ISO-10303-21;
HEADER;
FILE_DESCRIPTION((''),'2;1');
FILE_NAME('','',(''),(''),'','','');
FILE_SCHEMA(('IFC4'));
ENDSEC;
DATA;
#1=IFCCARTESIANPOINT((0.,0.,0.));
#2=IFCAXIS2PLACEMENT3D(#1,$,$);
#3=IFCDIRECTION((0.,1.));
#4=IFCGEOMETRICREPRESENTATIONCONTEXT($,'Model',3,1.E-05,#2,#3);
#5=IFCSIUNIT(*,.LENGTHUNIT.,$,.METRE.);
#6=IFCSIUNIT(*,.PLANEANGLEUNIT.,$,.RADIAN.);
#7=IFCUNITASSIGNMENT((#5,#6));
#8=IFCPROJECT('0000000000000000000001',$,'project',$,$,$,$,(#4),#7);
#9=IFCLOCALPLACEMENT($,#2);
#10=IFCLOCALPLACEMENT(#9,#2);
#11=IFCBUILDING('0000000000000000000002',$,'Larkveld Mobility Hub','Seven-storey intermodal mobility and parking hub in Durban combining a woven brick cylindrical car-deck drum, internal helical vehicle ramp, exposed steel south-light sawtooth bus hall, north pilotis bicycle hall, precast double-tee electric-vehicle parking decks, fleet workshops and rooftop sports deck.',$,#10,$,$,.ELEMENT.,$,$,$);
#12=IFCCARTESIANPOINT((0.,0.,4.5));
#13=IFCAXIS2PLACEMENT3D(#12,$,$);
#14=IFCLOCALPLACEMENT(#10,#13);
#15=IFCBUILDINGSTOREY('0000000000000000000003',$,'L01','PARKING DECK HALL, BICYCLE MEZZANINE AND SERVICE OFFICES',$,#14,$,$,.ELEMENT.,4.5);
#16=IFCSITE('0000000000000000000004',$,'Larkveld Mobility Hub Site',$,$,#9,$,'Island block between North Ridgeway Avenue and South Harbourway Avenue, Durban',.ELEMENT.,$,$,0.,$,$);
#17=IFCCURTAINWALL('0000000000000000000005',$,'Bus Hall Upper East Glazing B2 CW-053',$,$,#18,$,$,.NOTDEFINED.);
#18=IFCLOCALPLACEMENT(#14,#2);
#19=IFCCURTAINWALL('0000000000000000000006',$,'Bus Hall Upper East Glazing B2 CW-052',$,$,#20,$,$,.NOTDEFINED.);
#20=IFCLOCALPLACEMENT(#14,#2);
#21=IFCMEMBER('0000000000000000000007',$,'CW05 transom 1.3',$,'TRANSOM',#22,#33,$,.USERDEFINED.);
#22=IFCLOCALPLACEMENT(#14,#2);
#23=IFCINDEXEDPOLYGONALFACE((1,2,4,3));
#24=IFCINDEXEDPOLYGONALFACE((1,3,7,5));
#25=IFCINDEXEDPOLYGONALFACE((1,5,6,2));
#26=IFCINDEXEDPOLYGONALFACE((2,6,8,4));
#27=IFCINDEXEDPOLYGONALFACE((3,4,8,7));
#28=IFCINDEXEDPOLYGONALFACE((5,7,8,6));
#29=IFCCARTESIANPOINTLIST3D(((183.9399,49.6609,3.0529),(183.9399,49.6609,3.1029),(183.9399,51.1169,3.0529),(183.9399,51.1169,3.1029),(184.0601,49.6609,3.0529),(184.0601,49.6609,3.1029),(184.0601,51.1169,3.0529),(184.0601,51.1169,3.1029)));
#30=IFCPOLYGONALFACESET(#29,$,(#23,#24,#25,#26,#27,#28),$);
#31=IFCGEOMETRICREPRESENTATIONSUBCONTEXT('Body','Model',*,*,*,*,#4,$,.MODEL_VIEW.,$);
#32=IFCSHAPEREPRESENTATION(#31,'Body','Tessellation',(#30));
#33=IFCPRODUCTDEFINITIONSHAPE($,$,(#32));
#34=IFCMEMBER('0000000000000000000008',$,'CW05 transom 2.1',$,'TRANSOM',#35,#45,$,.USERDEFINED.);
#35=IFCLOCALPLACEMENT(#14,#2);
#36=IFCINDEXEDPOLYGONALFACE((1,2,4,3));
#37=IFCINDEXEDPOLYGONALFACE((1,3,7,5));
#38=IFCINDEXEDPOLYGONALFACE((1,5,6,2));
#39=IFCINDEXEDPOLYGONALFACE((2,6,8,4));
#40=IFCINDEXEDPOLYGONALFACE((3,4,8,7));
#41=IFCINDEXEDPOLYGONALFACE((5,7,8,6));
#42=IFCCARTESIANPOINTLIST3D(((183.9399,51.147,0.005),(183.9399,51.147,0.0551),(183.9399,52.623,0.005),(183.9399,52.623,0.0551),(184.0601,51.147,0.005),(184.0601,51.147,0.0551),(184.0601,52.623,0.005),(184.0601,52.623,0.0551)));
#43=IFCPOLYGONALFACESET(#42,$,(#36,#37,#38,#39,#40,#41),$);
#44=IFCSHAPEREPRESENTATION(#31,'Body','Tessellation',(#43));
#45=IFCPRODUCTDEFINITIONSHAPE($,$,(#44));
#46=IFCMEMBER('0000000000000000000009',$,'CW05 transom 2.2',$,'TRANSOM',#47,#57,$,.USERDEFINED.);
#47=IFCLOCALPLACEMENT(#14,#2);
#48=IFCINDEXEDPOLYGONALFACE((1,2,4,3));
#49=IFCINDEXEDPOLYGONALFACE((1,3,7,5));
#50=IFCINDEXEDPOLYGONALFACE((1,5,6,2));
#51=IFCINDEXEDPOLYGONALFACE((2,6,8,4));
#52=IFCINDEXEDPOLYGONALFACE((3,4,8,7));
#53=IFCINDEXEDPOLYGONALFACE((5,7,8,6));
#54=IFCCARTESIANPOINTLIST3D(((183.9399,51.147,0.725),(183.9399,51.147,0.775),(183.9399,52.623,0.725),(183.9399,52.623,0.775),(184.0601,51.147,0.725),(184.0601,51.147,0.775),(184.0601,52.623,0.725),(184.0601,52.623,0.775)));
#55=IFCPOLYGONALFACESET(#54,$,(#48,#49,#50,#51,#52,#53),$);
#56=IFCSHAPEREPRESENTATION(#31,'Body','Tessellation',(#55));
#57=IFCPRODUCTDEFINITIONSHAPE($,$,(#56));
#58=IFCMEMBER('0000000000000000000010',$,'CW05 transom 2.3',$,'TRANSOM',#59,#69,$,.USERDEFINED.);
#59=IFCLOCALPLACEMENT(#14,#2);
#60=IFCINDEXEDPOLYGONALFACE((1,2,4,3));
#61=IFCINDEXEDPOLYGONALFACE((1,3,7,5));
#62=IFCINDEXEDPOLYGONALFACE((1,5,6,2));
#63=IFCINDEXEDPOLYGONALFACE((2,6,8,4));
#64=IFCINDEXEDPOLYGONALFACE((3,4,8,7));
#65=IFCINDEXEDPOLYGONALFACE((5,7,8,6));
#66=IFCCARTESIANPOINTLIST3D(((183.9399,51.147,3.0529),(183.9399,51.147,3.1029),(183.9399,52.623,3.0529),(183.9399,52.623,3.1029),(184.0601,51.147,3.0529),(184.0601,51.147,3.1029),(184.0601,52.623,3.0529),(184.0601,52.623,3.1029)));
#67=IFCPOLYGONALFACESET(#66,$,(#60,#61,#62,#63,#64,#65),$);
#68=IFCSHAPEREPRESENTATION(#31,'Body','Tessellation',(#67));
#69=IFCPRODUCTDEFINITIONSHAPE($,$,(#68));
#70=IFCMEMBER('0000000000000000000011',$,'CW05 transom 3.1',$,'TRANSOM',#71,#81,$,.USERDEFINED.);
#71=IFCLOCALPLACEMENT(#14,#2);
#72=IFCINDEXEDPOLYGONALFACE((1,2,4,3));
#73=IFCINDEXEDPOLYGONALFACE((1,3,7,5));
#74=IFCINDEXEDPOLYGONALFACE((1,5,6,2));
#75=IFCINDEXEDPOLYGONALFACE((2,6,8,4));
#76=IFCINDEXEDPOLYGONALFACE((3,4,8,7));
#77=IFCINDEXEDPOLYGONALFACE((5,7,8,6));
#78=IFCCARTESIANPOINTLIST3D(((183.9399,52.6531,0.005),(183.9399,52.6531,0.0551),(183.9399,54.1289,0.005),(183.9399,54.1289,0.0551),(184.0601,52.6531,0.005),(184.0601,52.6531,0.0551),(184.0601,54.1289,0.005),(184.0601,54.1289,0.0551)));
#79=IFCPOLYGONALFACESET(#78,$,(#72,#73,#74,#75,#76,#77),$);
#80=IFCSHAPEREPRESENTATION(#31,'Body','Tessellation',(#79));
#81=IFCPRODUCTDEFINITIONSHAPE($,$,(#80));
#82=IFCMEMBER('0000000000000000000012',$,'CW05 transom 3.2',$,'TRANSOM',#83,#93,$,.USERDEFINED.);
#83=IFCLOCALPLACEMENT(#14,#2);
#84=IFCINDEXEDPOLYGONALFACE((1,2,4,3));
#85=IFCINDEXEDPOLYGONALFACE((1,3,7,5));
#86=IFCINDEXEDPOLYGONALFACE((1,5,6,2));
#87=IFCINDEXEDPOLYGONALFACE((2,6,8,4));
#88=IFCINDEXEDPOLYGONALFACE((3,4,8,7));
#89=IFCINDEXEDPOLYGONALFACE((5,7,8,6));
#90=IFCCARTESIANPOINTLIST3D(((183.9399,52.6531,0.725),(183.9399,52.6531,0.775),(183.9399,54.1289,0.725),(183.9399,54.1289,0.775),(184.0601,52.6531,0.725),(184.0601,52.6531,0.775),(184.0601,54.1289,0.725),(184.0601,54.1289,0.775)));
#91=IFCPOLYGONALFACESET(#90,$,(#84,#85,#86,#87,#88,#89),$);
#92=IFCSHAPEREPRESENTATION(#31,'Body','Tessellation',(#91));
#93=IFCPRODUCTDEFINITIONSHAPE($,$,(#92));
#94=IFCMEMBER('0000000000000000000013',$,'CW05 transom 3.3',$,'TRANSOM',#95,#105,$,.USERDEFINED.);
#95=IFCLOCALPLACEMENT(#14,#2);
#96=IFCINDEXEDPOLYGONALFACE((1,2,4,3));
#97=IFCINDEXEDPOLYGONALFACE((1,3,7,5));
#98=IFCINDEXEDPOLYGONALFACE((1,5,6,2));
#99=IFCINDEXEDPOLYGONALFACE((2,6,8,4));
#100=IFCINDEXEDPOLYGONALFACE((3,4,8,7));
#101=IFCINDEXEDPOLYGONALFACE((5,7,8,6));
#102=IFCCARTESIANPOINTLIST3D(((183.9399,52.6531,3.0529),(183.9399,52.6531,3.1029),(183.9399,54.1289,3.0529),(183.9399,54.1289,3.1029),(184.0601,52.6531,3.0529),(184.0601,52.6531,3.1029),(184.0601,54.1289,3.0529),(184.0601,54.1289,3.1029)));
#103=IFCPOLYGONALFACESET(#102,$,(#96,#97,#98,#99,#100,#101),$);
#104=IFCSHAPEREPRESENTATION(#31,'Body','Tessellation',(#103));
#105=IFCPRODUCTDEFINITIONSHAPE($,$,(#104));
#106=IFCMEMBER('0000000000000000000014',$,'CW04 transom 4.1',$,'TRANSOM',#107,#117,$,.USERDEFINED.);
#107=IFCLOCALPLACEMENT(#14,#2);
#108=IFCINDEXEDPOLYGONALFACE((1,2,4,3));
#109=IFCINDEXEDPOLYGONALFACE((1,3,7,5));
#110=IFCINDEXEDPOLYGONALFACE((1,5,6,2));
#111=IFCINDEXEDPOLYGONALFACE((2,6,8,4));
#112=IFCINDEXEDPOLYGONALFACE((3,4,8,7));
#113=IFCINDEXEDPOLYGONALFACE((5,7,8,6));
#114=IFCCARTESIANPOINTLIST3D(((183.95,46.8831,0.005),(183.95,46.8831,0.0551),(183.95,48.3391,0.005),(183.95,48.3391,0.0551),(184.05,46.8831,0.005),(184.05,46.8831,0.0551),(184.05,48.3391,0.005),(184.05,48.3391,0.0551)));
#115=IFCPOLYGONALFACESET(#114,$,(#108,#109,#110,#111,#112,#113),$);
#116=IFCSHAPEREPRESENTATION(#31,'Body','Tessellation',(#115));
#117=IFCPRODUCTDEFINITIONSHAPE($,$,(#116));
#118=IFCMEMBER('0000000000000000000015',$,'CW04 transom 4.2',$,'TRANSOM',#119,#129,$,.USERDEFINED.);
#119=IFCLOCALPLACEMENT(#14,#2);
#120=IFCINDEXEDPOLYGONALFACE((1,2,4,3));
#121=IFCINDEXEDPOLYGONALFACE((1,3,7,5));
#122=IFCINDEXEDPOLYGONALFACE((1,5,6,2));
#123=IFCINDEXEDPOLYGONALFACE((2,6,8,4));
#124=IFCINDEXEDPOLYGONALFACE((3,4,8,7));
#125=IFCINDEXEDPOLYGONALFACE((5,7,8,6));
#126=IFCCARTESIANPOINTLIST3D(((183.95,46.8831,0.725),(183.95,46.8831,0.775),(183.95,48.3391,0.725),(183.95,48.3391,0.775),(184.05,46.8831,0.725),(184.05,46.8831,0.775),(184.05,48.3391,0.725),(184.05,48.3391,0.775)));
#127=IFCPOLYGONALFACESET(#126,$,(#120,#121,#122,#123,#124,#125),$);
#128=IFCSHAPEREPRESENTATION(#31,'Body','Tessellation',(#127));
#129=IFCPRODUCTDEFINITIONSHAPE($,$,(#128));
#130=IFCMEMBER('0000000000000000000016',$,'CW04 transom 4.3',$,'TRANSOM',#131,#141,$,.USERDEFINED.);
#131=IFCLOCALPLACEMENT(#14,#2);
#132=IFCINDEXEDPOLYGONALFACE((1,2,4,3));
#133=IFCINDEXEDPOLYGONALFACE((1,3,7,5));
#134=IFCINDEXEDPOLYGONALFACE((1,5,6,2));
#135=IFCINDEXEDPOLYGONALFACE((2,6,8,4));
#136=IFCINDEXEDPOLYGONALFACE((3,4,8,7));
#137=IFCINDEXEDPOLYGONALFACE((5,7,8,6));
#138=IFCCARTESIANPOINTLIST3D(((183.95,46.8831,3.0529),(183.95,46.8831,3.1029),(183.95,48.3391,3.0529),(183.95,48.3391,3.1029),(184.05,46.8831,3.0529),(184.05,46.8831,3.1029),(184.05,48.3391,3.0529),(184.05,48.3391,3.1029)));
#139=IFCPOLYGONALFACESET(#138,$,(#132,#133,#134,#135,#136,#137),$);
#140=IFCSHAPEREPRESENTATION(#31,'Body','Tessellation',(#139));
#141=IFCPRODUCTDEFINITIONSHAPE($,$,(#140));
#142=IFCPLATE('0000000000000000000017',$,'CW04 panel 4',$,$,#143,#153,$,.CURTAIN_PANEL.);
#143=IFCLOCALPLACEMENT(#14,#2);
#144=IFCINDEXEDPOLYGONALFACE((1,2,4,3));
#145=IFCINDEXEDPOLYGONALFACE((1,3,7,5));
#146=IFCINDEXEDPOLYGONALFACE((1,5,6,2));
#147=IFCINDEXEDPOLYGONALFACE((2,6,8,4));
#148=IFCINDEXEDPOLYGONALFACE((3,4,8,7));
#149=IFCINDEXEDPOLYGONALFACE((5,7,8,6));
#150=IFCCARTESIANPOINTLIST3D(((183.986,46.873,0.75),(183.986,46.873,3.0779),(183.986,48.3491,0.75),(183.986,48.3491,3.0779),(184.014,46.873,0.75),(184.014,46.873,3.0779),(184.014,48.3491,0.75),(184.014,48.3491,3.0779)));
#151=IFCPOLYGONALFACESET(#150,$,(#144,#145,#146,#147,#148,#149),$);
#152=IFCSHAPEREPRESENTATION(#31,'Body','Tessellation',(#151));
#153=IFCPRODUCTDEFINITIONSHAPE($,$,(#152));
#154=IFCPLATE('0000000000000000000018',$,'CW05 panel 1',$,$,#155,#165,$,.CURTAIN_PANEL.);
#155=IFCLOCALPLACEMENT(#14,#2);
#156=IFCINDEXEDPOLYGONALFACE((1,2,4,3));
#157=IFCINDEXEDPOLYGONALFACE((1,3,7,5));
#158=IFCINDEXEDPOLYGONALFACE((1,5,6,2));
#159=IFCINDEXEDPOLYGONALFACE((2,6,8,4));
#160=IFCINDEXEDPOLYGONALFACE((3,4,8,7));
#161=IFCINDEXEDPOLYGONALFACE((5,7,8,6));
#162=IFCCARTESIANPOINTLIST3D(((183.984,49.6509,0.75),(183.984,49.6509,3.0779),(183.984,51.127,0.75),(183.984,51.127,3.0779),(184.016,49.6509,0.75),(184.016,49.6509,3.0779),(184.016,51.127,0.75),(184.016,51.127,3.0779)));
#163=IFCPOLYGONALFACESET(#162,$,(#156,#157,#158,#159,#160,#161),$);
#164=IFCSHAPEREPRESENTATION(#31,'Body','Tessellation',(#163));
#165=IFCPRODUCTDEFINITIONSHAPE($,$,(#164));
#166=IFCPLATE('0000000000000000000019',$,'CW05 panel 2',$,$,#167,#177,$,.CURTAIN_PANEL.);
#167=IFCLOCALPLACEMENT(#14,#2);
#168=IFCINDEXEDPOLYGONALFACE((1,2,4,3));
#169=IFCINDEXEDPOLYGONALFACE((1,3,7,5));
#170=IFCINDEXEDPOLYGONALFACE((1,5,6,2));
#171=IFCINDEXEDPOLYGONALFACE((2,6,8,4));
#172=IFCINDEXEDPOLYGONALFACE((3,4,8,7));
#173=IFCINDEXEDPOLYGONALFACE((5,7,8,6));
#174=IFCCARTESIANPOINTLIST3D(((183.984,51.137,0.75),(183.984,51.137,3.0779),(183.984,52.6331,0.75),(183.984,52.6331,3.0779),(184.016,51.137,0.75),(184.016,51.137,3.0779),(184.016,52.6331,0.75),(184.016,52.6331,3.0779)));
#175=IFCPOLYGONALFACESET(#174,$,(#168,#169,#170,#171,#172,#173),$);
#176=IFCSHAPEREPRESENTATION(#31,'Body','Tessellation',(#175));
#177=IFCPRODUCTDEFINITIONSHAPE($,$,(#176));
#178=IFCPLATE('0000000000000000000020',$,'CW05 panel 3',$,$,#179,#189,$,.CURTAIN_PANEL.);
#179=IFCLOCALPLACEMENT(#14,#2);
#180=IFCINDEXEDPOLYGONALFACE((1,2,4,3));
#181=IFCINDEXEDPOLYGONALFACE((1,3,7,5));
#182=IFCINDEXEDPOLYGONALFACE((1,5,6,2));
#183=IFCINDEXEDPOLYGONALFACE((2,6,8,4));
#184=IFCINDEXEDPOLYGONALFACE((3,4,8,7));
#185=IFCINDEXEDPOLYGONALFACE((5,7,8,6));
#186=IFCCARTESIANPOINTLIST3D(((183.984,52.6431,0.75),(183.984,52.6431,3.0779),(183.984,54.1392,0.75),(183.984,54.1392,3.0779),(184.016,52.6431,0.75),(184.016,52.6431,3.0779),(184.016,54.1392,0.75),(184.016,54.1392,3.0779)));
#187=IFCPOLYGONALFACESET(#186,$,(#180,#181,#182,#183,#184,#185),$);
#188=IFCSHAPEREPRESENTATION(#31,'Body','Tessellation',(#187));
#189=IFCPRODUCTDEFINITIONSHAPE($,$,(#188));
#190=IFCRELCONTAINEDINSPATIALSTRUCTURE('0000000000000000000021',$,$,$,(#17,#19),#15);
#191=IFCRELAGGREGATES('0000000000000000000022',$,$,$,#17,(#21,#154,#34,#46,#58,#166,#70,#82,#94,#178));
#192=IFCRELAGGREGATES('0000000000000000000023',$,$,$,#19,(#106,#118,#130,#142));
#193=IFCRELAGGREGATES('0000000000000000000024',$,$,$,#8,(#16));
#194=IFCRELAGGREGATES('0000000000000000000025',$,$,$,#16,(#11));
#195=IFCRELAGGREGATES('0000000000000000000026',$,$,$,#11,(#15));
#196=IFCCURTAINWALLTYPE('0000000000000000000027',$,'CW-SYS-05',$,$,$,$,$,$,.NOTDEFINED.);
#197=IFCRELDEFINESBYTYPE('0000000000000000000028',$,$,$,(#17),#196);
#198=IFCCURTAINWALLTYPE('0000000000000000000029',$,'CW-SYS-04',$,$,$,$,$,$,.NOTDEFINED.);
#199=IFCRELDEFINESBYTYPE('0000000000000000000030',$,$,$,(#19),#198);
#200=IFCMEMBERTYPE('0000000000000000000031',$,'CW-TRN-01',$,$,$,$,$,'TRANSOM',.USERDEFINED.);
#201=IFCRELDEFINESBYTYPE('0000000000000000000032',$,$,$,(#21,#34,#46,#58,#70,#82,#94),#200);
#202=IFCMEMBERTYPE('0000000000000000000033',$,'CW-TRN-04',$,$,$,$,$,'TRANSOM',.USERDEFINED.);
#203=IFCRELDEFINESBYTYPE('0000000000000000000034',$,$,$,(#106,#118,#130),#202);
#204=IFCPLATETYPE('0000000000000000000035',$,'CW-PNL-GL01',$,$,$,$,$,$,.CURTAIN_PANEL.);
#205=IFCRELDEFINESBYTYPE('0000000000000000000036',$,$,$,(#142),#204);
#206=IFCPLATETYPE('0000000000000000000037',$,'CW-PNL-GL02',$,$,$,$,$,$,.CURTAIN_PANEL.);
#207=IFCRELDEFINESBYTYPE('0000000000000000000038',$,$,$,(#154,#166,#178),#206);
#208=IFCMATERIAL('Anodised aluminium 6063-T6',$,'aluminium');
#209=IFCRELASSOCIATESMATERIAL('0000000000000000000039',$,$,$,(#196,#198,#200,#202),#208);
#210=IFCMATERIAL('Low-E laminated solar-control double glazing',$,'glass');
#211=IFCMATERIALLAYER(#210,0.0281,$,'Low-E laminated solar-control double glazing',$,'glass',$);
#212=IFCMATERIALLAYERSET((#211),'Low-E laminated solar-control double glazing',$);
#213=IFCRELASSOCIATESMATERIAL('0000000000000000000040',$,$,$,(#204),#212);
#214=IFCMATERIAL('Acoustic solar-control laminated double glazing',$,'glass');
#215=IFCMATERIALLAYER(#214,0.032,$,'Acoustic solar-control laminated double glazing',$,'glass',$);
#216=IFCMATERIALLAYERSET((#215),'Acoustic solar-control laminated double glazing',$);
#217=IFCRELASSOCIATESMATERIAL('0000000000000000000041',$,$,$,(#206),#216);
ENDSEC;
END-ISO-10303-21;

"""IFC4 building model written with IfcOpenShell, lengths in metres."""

from ifc_helpers import new_model, si_unit, direction, frame, origin, origin_2d, place, context, subcontext, project, spatial, rectangle, extrude, material, layer, layer_set, material_profile, profile_set, type_object, element, aggregate, save


model = new_model("IFC4")

# Units and contexts
model_context = context("Model", 3, precision=1e-05, world=origin(), true_north=direction((0.0, 1.0)))
body_context = subcontext(model_context, "Body", "Model", "MODEL_VIEW")
ifc_project = project(units=[si_unit("LENGTHUNIT", "METRE"), si_unit("PLANEANGLEUNIT", "RADIAN")], contexts=[model_context])

# Site, building, storey
site_placement = place(None, origin())
site = spatial("IfcSite", under=ifc_project, at=site_placement, Name="Larkveld Mobility Hub Site", LongName="Island block between North Ridgeway Avenue and South Harbourway Avenue, Durban", CompositionType="ELEMENT", RefElevation=0.0)
building_placement = place(site_placement, origin())
building = spatial("IfcBuilding", under=site, at=building_placement, Name="Larkveld Mobility Hub", Description="Seven-storey intermodal mobility and parking hub in Durban combining a woven brick cylindrical car-deck drum, internal helical vehicle ramp, exposed steel south-light sawtooth bus hall, north pilotis bicycle hall, precast double-tee electric-vehicle parking decks, fleet workshops and rooftop sports deck.", CompositionType="ELEMENT")
storey_placement = place(building_placement, frame((0.0, 0.0, 4.5)))
storey = spatial("IfcBuildingStorey", under=building, at=storey_placement, Name="L01", Description="PARKING DECK HALL, BICYCLE MEZZANINE AND SERVICE OFFICES", CompositionType="ELEMENT", Elevation=4.5)

# Curtain wall
ifc_material_1 = material(Name="Anodised aluminium 6063-T6", Category="aluminium")
curtain_wall_type_1 = type_object("IfcCurtainWallType", Name="CW-SYS-05", PredefinedType="NOTDEFINED", material=ifc_material_1)
curtain_wall_1_placement = place(storey_placement, origin())
curtain_wall_1 = element("IfcCurtainWall", 1, at=curtain_wall_1_placement, inside=storey, type_object=curtain_wall_type_1, Name="Bus Hall Upper East Glazing B2 CW-053", PredefinedType="NOTDEFINED")

# Curtain wall
curtain_wall_type_2 = type_object("IfcCurtainWallType", Name="CW-SYS-04", PredefinedType="NOTDEFINED", material=ifc_material_1)
curtain_wall_2_placement = place(storey_placement, origin())
curtain_wall_2 = element("IfcCurtainWall", 2, at=curtain_wall_2_placement, inside=storey, type_object=curtain_wall_type_2, Name="Bus Hall Upper East Glazing B2 CW-052", PredefinedType="NOTDEFINED")

# Members
ifc_material_profile_1 = material_profile(ifc_material_1, rectangle(XDim=0.1201, YDim=0.05, at=origin_2d()), Name="ALU TRAN 50x120")
ifc_profile_set_1 = profile_set([ifc_material_profile_1], Name="Anodised aluminium 6063-T6")
member_type_1 = type_object("IfcMemberType", Name="CW-TRN-01", ElementType="TRANSOM", PredefinedType="USERDEFINED", material=ifc_profile_set_1)
member_1_placement = place(storey_placement, frame((184.0, 49.6609, 3.0779), z_axis=(0.0, 1.0, 0.0), x_axis=(-1.0, 0.0, 0.0)))
member_1 = element("IfcMember", 3, at=member_1_placement, type_object=member_type_1, Name="CW05 transom 1.3", ObjectType="TRANSOM", PredefinedType="USERDEFINED", context=body_context, shape_type="SweptSolid", body=[
    extrude(rectangle(XDim=0.1201, YDim=0.05, at=origin_2d()), origin(), (0.0, 0.0, 1.0), 1.4561),
])
member_2_placement = place(storey_placement, frame((184.0, 51.147, 0.03), z_axis=(0.0, 1.0, 0.0), x_axis=(-1.0, 0.0, 0.0)))
member_2 = element("IfcMember", 4, at=member_2_placement, type_object=member_type_1, Name="CW05 transom 2.1", ObjectType="TRANSOM", PredefinedType="USERDEFINED", context=body_context, shape_type="SweptSolid", body=[
    extrude(rectangle(XDim=0.1201, YDim=0.05, at=origin_2d()), origin(), (0.0, 0.0, 1.0), 1.4761),
])
member_3_placement = place(storey_placement, frame((184.0, 51.147, 0.75), z_axis=(0.0, 1.0, 0.0), x_axis=(-1.0, 0.0, 0.0)))
member_3 = element("IfcMember", 5, at=member_3_placement, type_object=member_type_1, Name="CW05 transom 2.2", ObjectType="TRANSOM", PredefinedType="USERDEFINED", context=body_context, shape_type="SweptSolid", body=[
    extrude(rectangle(XDim=0.1201, YDim=0.05, at=origin_2d()), origin(), (0.0, 0.0, 1.0), 1.4761),
])
member_4_placement = place(storey_placement, frame((184.0, 51.147, 3.0779), z_axis=(0.0, 1.0, 0.0), x_axis=(-1.0, 0.0, 0.0)))
member_4 = element("IfcMember", 6, at=member_4_placement, type_object=member_type_1, Name="CW05 transom 2.3", ObjectType="TRANSOM", PredefinedType="USERDEFINED", context=body_context, shape_type="SweptSolid", body=[
    extrude(rectangle(XDim=0.1201, YDim=0.05, at=origin_2d()), origin(), (0.0, 0.0, 1.0), 1.4761),
])
member_5_placement = place(storey_placement, frame((184.0, 52.6531, 0.03), z_axis=(0.0, 1.0, 0.0), x_axis=(-1.0, 0.0, 0.0)))
member_5 = element("IfcMember", 7, at=member_5_placement, type_object=member_type_1, Name="CW05 transom 3.1", ObjectType="TRANSOM", PredefinedType="USERDEFINED", context=body_context, shape_type="SweptSolid", body=[
    extrude(rectangle(XDim=0.1201, YDim=0.05, at=origin_2d()), origin(), (0.0, 0.0, 1.0), 1.4758),
])
member_6_placement = place(storey_placement, frame((184.0, 52.6531, 0.75), z_axis=(0.0, 1.0, 0.0), x_axis=(-1.0, 0.0, 0.0)))
member_6 = element("IfcMember", 8, at=member_6_placement, type_object=member_type_1, Name="CW05 transom 3.2", ObjectType="TRANSOM", PredefinedType="USERDEFINED", context=body_context, shape_type="SweptSolid", body=[
    extrude(rectangle(XDim=0.1201, YDim=0.05, at=origin_2d()), origin(), (0.0, 0.0, 1.0), 1.4758),
])
member_7_placement = place(storey_placement, frame((184.0, 52.6531, 3.0779), z_axis=(0.0, 1.0, 0.0), x_axis=(-1.0, 0.0, 0.0)))
member_7 = element("IfcMember", 9, at=member_7_placement, type_object=member_type_1, Name="CW05 transom 3.3", ObjectType="TRANSOM", PredefinedType="USERDEFINED", context=body_context, shape_type="SweptSolid", body=[
    extrude(rectangle(XDim=0.1201, YDim=0.05, at=origin_2d()), origin(), (0.0, 0.0, 1.0), 1.4758),
])
ifc_material_profile_2 = material_profile(ifc_material_1, rectangle(XDim=0.1001, YDim=0.05, at=origin_2d()), Name="ALU TRAN 50x100")
ifc_profile_set_2 = profile_set([ifc_material_profile_2], Name="Anodised aluminium 6063-T6")
member_type_2 = type_object("IfcMemberType", Name="CW-TRN-04", ElementType="TRANSOM", PredefinedType="USERDEFINED", material=ifc_profile_set_2)
member_8_placement = place(storey_placement, frame((184.0, 46.8831, 0.03), z_axis=(0.0, 1.0, 0.0), x_axis=(-1.0, 0.0, 0.0)))
member_8 = element("IfcMember", 10, at=member_8_placement, type_object=member_type_2, Name="CW04 transom 4.1", ObjectType="TRANSOM", PredefinedType="USERDEFINED", context=body_context, shape_type="SweptSolid", body=[
    extrude(rectangle(XDim=0.1001, YDim=0.05, at=origin_2d()), origin(), (0.0, 0.0, 1.0), 1.4561),
])
member_9_placement = place(storey_placement, frame((184.0, 46.8831, 0.75), z_axis=(0.0, 1.0, 0.0), x_axis=(-1.0, 0.0, 0.0)))
member_9 = element("IfcMember", 11, at=member_9_placement, type_object=member_type_2, Name="CW04 transom 4.2", ObjectType="TRANSOM", PredefinedType="USERDEFINED", context=body_context, shape_type="SweptSolid", body=[
    extrude(rectangle(XDim=0.1001, YDim=0.05, at=origin_2d()), origin(), (0.0, 0.0, 1.0), 1.4561),
])
member_10_placement = place(storey_placement, frame((184.0, 46.8831, 3.0779), z_axis=(0.0, 1.0, 0.0), x_axis=(-1.0, 0.0, 0.0)))
member_10 = element("IfcMember", 12, at=member_10_placement, type_object=member_type_2, Name="CW04 transom 4.3", ObjectType="TRANSOM", PredefinedType="USERDEFINED", context=body_context, shape_type="SweptSolid", body=[
    extrude(rectangle(XDim=0.1001, YDim=0.05, at=origin_2d()), origin(), (0.0, 0.0, 1.0), 1.4561),
])

# Plates
ifc_material_2 = material(Name="Low-E laminated solar-control double glazing", Category="glass")
ifc_layer_1 = layer(ifc_material_2, 0.0281, Name="Low-E laminated solar-control double glazing", Category="glass")
ifc_layer_set_1 = layer_set([ifc_layer_1], Name="Low-E laminated solar-control double glazing")
plate_type_1 = type_object("IfcPlateType", Name="CW-PNL-GL01", PredefinedType="CURTAIN_PANEL", material=ifc_layer_set_1)
plate_1_placement = place(storey_placement, frame((184.0, 47.6111, 0.75), z_axis=(0.0, 0.0, 1.0), x_axis=(0.0, 1.0, 0.0)))
plate_1 = element("IfcPlate", 13, at=plate_1_placement, type_object=plate_type_1, Name="CW04 panel 4", PredefinedType="CURTAIN_PANEL", context=body_context, shape_type="SweptSolid", body=[
    extrude(rectangle(XDim=1.4761, YDim=0.0281, at=origin_2d()), origin(), (0.0, 0.0, 1.0), 2.3279),
])
ifc_material_3 = material(Name="Acoustic solar-control laminated double glazing", Category="glass")
ifc_layer_2 = layer(ifc_material_3, 0.032, Name="Acoustic solar-control laminated double glazing", Category="glass")
ifc_layer_set_2 = layer_set([ifc_layer_2], Name="Acoustic solar-control laminated double glazing")
plate_type_2 = type_object("IfcPlateType", Name="CW-PNL-GL02", PredefinedType="CURTAIN_PANEL", material=ifc_layer_set_2)
plate_2_placement = place(storey_placement, frame((184.0, 50.3889, 0.75), z_axis=(0.0, 0.0, 1.0), x_axis=(0.0, 1.0, 0.0)))
plate_2 = element("IfcPlate", 14, at=plate_2_placement, type_object=plate_type_2, Name="CW05 panel 1", PredefinedType="CURTAIN_PANEL", context=body_context, shape_type="SweptSolid", body=[
    extrude(rectangle(XDim=1.4761, YDim=0.032, at=origin_2d()), origin(), (0.0, 0.0, 1.0), 2.3279),
])
plate_3_placement = place(storey_placement, frame((184.0, 51.885, 0.75), z_axis=(0.0, 0.0, 1.0), x_axis=(0.0, 1.0, 0.0)))
plate_3 = element("IfcPlate", 15, at=plate_3_placement, type_object=plate_type_2, Name="CW05 panel 2", PredefinedType="CURTAIN_PANEL", context=body_context, shape_type="SweptSolid", body=[
    extrude(rectangle(XDim=1.4961, YDim=0.032, at=origin_2d()), origin(), (0.0, 0.0, 1.0), 2.3279),
])
plate_4_placement = place(storey_placement, frame((184.0, 53.3911, 0.75), z_axis=(0.0, 0.0, 1.0), x_axis=(0.0, 1.0, 0.0)))
plate_4 = element("IfcPlate", 16, at=plate_4_placement, type_object=plate_type_2, Name="CW05 panel 3", PredefinedType="CURTAIN_PANEL", context=body_context, shape_type="SweptSolid", body=[
    extrude(rectangle(XDim=1.4961, YDim=0.032, at=origin_2d()), origin(), (0.0, 0.0, 1.0), 2.3279),
])
aggregate(curtain_wall_1, [member_1, plate_2, member_2, member_3, member_4, plate_3, member_5, member_6, member_7, plate_4])
aggregate(curtain_wall_2, [member_8, member_9, member_10, plate_1])

save(model, "model.ifc")
